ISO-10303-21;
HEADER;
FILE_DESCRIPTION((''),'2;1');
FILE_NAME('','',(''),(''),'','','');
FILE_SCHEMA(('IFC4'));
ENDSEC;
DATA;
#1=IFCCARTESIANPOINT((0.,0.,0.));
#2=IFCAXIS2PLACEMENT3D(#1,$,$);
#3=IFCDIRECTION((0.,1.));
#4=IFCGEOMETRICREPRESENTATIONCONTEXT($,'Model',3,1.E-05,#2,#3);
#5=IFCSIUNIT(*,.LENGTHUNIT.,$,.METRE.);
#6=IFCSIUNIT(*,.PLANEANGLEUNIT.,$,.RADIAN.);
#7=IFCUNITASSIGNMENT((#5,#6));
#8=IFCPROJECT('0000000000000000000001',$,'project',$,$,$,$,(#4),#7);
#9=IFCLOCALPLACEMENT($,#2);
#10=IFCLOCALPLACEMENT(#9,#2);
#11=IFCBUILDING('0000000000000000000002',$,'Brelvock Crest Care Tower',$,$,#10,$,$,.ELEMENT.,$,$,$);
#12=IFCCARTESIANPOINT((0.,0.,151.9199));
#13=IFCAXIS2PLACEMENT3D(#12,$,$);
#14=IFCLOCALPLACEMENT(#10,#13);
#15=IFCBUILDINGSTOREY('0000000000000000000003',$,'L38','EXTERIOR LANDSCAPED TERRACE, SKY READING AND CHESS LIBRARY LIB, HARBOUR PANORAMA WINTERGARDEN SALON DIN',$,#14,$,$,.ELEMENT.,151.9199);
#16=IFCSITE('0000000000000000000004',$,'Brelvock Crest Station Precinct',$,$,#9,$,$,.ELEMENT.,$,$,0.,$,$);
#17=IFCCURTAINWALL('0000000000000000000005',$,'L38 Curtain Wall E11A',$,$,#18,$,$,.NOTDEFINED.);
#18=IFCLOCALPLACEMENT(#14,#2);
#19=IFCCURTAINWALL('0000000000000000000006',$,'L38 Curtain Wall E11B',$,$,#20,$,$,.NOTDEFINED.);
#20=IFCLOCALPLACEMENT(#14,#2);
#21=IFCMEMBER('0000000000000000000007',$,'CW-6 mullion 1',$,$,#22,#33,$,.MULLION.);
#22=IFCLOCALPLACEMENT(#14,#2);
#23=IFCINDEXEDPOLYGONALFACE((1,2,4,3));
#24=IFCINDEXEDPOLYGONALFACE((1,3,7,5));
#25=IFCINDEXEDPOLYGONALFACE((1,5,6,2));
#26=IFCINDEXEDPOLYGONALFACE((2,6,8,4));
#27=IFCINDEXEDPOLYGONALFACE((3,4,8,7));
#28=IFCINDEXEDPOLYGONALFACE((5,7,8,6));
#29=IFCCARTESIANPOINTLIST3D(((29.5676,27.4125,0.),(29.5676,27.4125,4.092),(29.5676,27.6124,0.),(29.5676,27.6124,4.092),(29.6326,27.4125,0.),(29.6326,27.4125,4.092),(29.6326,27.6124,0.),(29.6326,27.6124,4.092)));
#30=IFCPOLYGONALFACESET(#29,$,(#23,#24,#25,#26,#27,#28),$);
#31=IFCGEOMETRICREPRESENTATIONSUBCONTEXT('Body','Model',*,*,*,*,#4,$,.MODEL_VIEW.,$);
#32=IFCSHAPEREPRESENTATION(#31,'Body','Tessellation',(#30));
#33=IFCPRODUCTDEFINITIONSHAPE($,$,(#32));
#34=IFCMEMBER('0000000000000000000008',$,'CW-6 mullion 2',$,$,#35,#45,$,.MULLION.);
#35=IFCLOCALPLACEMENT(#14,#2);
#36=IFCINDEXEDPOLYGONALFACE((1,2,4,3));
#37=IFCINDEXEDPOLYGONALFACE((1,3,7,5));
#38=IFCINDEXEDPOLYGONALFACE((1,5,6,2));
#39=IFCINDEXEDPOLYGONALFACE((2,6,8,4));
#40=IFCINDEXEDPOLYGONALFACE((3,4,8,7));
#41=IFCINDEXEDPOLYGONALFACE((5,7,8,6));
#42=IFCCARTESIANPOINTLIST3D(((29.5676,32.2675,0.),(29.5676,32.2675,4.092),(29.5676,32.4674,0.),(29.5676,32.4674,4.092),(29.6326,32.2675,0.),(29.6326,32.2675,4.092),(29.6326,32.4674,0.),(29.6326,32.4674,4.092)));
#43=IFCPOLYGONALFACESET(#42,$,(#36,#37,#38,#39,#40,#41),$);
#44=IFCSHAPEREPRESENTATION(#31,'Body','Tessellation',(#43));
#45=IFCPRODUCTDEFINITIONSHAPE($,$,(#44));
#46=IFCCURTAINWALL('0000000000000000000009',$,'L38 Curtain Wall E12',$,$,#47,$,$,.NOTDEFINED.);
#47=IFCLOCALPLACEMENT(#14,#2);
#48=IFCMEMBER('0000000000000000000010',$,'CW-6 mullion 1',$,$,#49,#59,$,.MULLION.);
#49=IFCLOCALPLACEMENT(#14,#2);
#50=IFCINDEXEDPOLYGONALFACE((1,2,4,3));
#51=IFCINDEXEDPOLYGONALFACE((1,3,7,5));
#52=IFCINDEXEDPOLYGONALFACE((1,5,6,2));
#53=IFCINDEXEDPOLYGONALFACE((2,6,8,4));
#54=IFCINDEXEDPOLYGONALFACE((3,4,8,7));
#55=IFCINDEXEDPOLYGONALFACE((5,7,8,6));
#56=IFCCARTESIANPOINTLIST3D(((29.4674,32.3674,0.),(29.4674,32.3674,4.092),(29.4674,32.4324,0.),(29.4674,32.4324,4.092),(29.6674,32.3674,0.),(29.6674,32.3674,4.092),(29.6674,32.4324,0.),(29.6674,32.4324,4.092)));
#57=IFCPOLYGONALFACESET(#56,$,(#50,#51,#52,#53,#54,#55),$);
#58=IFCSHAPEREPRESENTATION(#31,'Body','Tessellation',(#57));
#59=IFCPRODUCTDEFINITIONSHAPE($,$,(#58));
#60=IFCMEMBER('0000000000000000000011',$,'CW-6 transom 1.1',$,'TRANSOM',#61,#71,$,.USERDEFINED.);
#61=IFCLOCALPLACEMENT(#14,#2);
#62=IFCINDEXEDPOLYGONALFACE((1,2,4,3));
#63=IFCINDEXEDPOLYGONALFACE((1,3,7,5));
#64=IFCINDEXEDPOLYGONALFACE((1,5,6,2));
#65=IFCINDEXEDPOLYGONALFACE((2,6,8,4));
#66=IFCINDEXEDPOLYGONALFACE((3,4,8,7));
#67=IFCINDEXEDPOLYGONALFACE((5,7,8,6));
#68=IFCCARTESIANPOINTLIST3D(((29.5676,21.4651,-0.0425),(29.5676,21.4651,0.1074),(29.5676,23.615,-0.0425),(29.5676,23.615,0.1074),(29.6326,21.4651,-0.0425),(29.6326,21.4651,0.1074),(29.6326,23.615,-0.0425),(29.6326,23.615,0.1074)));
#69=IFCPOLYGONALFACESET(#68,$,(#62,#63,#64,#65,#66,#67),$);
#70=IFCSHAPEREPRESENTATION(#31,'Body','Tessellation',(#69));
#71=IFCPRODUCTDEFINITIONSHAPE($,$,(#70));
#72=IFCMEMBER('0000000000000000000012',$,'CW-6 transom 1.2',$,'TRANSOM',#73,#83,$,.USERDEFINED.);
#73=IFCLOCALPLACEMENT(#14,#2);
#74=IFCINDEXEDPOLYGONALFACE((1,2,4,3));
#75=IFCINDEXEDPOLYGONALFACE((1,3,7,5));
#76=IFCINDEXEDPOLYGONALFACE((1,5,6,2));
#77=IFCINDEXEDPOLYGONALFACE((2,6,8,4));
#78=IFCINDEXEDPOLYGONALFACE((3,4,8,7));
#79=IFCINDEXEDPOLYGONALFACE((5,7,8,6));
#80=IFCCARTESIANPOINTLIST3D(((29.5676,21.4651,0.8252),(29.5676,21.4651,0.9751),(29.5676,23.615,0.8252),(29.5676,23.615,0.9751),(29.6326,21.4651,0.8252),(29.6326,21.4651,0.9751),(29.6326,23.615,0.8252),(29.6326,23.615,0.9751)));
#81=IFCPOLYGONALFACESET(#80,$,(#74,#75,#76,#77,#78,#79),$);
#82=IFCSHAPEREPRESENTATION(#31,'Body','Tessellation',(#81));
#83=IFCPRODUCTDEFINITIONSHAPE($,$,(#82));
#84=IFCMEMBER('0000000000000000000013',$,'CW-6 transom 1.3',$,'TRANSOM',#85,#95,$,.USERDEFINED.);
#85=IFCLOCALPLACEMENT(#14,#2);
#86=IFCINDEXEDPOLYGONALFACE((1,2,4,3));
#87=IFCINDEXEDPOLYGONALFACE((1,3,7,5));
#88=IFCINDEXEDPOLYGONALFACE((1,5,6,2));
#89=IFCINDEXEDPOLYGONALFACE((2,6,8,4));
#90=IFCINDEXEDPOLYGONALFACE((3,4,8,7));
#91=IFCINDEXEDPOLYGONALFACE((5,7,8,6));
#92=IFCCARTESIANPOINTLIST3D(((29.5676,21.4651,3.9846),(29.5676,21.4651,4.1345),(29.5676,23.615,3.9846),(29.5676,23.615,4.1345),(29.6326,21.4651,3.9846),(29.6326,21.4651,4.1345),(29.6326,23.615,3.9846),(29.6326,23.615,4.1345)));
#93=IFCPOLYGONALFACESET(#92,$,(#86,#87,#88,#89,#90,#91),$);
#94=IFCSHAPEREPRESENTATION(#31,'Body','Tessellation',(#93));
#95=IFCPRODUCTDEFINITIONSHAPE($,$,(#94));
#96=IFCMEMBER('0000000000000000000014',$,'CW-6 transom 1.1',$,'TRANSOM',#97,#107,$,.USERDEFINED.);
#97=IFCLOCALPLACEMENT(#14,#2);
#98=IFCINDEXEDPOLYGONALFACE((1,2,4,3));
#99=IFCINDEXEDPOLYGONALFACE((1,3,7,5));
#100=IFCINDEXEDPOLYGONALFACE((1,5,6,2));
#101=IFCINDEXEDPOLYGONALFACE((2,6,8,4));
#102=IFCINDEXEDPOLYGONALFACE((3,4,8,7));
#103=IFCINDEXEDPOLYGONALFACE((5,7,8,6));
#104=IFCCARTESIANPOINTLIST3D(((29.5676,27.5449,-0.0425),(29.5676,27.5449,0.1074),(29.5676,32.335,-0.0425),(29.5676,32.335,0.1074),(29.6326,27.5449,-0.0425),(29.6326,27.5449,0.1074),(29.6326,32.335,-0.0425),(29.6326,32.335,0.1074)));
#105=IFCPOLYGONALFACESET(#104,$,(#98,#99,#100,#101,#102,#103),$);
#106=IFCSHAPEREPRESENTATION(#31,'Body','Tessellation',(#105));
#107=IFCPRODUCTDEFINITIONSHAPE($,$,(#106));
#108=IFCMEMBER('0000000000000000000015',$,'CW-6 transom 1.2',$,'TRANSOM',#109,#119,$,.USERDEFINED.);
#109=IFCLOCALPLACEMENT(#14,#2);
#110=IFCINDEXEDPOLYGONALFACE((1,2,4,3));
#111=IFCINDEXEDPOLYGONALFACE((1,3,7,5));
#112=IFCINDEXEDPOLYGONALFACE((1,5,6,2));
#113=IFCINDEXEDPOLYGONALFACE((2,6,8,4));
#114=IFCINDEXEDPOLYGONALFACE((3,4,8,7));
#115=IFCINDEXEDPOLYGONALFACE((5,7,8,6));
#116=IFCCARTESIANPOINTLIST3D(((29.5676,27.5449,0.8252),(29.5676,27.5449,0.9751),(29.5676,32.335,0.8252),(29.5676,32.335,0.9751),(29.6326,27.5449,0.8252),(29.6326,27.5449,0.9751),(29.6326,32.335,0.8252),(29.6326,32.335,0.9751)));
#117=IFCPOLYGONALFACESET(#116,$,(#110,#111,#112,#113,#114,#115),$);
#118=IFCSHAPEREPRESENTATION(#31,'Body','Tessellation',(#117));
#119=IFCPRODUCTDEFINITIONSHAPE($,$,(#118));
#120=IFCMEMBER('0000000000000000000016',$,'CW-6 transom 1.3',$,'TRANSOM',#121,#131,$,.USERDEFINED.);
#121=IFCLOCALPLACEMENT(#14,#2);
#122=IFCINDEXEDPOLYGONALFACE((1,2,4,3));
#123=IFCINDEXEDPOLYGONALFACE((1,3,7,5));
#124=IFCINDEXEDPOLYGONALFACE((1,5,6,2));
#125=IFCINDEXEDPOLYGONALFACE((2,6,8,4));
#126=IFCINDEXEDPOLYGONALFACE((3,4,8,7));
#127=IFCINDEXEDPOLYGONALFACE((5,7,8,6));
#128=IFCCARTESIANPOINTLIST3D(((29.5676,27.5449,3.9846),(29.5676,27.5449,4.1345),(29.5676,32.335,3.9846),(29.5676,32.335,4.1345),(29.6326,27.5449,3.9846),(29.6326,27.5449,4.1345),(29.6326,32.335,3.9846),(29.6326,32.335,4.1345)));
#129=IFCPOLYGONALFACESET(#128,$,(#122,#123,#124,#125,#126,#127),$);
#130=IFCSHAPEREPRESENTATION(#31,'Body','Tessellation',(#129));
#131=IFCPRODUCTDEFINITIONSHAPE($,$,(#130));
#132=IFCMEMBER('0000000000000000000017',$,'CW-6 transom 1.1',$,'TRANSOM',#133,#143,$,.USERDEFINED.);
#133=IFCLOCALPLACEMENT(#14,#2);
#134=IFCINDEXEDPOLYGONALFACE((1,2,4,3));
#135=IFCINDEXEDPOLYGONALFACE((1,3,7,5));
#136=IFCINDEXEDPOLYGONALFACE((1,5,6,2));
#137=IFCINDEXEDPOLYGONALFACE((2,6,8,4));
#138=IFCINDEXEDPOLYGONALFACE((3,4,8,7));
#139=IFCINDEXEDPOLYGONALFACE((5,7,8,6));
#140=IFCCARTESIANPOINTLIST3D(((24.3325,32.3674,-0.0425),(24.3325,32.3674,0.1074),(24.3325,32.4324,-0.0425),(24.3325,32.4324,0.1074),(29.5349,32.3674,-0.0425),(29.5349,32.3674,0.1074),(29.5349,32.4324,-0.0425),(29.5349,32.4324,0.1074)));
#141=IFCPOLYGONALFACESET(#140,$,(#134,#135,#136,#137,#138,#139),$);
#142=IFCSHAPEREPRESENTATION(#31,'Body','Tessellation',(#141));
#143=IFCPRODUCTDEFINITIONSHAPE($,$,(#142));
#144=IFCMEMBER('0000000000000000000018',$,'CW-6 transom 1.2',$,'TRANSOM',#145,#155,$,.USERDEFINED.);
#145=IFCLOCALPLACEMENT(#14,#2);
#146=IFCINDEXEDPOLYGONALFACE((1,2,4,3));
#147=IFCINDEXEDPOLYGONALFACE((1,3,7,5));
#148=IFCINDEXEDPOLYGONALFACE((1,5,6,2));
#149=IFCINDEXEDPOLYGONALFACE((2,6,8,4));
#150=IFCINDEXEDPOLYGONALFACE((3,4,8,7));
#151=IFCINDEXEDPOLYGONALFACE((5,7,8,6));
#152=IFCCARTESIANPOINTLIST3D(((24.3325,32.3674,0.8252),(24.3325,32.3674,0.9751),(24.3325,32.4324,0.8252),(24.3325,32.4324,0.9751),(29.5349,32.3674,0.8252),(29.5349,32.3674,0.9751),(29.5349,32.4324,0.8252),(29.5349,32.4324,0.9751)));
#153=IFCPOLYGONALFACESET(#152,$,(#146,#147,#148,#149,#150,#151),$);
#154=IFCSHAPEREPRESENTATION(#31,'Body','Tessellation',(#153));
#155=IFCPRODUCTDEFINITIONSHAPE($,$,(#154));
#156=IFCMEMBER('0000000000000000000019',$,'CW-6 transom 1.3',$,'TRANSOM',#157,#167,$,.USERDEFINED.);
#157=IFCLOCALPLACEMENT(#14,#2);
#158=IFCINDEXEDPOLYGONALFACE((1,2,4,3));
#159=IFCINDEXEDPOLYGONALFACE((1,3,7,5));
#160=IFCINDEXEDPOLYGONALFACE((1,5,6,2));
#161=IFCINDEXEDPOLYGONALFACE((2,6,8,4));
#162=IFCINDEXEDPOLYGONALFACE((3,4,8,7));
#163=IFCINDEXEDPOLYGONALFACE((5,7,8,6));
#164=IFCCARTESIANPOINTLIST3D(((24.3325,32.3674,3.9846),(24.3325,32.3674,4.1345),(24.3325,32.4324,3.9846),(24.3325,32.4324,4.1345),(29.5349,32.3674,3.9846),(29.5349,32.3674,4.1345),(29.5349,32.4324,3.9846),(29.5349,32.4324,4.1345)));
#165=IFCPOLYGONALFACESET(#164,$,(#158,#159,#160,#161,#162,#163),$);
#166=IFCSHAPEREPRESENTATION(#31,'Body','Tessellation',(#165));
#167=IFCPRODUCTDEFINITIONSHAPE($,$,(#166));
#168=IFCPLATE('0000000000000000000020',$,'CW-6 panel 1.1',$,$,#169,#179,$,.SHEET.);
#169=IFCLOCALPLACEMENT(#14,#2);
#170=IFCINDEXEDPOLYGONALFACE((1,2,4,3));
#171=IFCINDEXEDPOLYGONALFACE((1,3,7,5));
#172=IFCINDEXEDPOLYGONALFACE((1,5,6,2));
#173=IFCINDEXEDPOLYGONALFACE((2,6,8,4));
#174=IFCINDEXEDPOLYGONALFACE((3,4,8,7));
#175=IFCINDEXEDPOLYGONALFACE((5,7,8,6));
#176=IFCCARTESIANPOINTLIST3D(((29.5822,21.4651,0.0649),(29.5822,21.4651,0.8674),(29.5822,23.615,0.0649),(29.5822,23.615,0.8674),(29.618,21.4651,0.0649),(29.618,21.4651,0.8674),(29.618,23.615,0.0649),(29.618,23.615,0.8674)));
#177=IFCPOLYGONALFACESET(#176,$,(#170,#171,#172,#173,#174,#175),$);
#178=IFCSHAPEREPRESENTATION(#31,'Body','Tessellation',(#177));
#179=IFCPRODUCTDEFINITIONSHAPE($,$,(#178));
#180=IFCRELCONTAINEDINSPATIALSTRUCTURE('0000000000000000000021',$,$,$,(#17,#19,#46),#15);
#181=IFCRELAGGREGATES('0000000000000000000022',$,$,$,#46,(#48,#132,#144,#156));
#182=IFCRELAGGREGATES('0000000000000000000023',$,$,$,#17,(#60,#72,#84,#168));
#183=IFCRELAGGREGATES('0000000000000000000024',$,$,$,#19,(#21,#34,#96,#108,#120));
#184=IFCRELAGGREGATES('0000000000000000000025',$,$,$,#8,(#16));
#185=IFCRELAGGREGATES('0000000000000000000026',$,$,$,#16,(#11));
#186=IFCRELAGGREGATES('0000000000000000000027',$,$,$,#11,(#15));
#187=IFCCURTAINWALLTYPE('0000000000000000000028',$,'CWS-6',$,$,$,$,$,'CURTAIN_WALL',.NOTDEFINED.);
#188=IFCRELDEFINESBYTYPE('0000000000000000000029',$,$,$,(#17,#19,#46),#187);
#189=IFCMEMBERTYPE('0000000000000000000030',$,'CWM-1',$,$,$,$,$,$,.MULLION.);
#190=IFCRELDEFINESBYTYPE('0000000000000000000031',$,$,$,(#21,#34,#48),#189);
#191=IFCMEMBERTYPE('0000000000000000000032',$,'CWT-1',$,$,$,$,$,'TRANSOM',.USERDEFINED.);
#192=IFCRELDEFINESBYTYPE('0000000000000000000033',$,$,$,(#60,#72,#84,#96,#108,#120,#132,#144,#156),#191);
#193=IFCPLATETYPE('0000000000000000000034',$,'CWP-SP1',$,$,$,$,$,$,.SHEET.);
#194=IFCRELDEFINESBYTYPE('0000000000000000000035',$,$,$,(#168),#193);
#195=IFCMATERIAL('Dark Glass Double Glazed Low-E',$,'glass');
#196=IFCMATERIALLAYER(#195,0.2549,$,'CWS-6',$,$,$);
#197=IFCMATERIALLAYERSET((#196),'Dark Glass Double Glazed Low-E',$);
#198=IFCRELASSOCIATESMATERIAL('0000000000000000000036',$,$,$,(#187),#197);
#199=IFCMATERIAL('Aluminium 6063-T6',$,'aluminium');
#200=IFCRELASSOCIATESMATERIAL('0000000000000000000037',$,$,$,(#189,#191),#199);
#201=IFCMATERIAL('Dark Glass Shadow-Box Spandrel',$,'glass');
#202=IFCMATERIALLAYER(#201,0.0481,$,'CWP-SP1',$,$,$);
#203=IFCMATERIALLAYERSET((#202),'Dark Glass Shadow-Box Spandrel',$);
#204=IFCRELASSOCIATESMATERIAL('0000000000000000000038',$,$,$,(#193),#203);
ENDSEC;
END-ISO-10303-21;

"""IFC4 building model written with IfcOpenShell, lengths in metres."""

from ifc_helpers import new_model, si_unit, direction, frame, origin, origin_2d, place, context, subcontext, project, spatial, rectangle, extrude, source, transform, mapped, material, layer, layer_set, material_profile, profile_set, type_object, element, aggregate, save


model = new_model("IFC4")

# Units and contexts
model_context = context("Model", 3, precision=1e-05, world=origin(), true_north=direction((0.0, 1.0)))
body_context = subcontext(model_context, "Body", "Model", "MODEL_VIEW")
ifc_project = project(units=[si_unit("LENGTHUNIT", "METRE"), si_unit("PLANEANGLEUNIT", "RADIAN")], contexts=[model_context])

# Site, building, storey
site_placement = place(None, origin())
site = spatial("IfcSite", under=ifc_project, at=site_placement, Name="Brelvock Crest Station Precinct", CompositionType="ELEMENT", RefElevation=0.0)
building_placement = place(site_placement, origin())
building = spatial("IfcBuilding", under=site, at=building_placement, Name="Brelvock Crest Care Tower", CompositionType="ELEMENT")
storey_placement = place(building_placement, frame((0.0, 0.0, 151.9199)))
storey = spatial("IfcBuildingStorey", under=building, at=storey_placement, Name="L38", Description="EXTERIOR LANDSCAPED TERRACE, SKY READING AND CHESS LIBRARY LIB, HARBOUR PANORAMA WINTERGARDEN SALON DIN", CompositionType="ELEMENT", Elevation=151.9199)

# Shared definitions
ifc_material_1 = material(Name="Dark Glass Double Glazed Low-E", Category="glass")
ifc_layer_1 = layer(ifc_material_1, 0.2549, Name="CWS-6")
ifc_layer_set_1 = layer_set([ifc_layer_1], Name="Dark Glass Double Glazed Low-E")
curtain_wall_type = type_object("IfcCurtainWallType", Name="CWS-6", ElementType="CURTAIN_WALL", PredefinedType="NOTDEFINED", material=ifc_layer_set_1)
ifc_material_2 = material(Name="Aluminium 6063-T6", Category="aluminium")
ifc_material_profile_1 = material_profile(ifc_material_2, rectangle(XDim=0.0649, YDim=0.2, at=origin_2d()), Name="ALU65x200")
ifc_profile_set_1 = profile_set([ifc_material_profile_1], Name="Aluminium 6063-T6")
member_type_1 = type_object("IfcMemberType", Name="CWM-1", PredefinedType="MULLION", material=ifc_profile_set_1)
shared_shape_1 = source(origin(), body_context, "Body", "SweptSolid", [
    extrude(rectangle(XDim=0.0649, YDim=0.2, at=origin_2d()), origin(), (0.0, 0.0, 1.0), 4.092),
])

# Curtain walls, members
curtain_wall_1_placement = place(storey_placement, origin())
curtain_wall_1 = element("IfcCurtainWall", 1, at=curtain_wall_1_placement, inside=storey, type_object=curtain_wall_type, Name="L38 Curtain Wall E11A", PredefinedType="NOTDEFINED")
curtain_wall_2_placement = place(storey_placement, origin())
curtain_wall_2 = element("IfcCurtainWall", 2, at=curtain_wall_2_placement, inside=storey, type_object=curtain_wall_type, Name="L38 Curtain Wall E11B", PredefinedType="NOTDEFINED")
member_1_placement = place(storey_placement, frame((29.6001, 27.5125, 0.0), z_axis=(0.0, 0.0, 1.0), x_axis=(-1.0, 0.0, 0.0)))
member_1 = element("IfcMember", 3, at=member_1_placement, type_object=member_type_1, Name="CW-6 mullion 1", PredefinedType="MULLION", context=body_context, shape_type="MappedRepresentation", body=[
    mapped(shared_shape_1, transform((0.0, 0.0, 0.0), x_axis=(1.0, 0.0, 0.0), y_axis=(0.0, 1.0, 0.0), z_axis=(0.0, 0.0, 1.0), scale=1.0)),
])
member_2_placement = place(storey_placement, frame((29.6001, 32.3674, 0.0), z_axis=(0.0, 0.0, 1.0), x_axis=(-1.0, 0.0, 0.0)))
member_2 = element("IfcMember", 4, at=member_2_placement, type_object=member_type_1, Name="CW-6 mullion 2", PredefinedType="MULLION", context=body_context, shape_type="MappedRepresentation", body=[
    mapped(shared_shape_1, transform((0.0, 0.0, 0.0), x_axis=(1.0, 0.0, 0.0), y_axis=(0.0, 1.0, 0.0), z_axis=(0.0, 0.0, 1.0), scale=1.0)),
])

# Curtain wall, member
curtain_wall_3_placement = place(storey_placement, origin())
curtain_wall_3 = element("IfcCurtainWall", 5, at=curtain_wall_3_placement, inside=storey, type_object=curtain_wall_type, Name="L38 Curtain Wall E12", PredefinedType="NOTDEFINED")
member_3_placement = place(storey_placement, frame((29.5674, 32.3999, 0.0), z_axis=(0.0, 0.0, 1.0), x_axis=(0.0, -1.0, 0.0)))
member_3 = element("IfcMember", 6, at=member_3_placement, type_object=member_type_1, Name="CW-6 mullion 1", PredefinedType="MULLION", context=body_context, shape_type="MappedRepresentation", body=[
    mapped(shared_shape_1, transform((0.0, 0.0, 0.0), x_axis=(1.0, 0.0, 0.0), y_axis=(0.0, 1.0, 0.0), z_axis=(0.0, 0.0, 1.0), scale=1.0)),
])

# Members
ifc_material_profile_2 = material_profile(ifc_material_2, rectangle(XDim=0.0649, YDim=0.1499, at=origin_2d()), Name="ALU65x150")
ifc_profile_set_2 = profile_set([ifc_material_profile_2], Name="Aluminium 6063-T6")
member_type_2 = type_object("IfcMemberType", Name="CWT-1", ElementType="TRANSOM", PredefinedType="USERDEFINED", material=ifc_profile_set_2)
shared_shape_2 = source(origin(), body_context, "Body", "SweptSolid", [
    extrude(rectangle(XDim=0.0649, YDim=0.1499, at=origin_2d()), origin(), (0.0, 0.0, 1.0), 2.1499),
])
member_4_placement = place(storey_placement, frame((29.6001, 21.4651, 0.0325), z_axis=(0.0, 1.0, 0.0), x_axis=(-1.0, 0.0, 0.0)))
member_4 = element("IfcMember", 7, at=member_4_placement, type_object=member_type_2, Name="CW-6 transom 1.1", ObjectType="TRANSOM", PredefinedType="USERDEFINED", context=body_context, shape_type="MappedRepresentation", body=[
    mapped(shared_shape_2, transform((0.0, 0.0, 0.0), x_axis=(1.0, 0.0, 0.0), y_axis=(0.0, 1.0, 0.0), z_axis=(0.0, 0.0, 1.0), scale=1.0)),
])
member_5_placement = place(storey_placement, frame((29.6001, 21.4651, 0.9001), z_axis=(0.0, 1.0, 0.0), x_axis=(-1.0, 0.0, 0.0)))
member_5 = element("IfcMember", 8, at=member_5_placement, type_object=member_type_2, Name="CW-6 transom 1.2", ObjectType="TRANSOM", PredefinedType="USERDEFINED", context=body_context, shape_type="MappedRepresentation", body=[
    mapped(shared_shape_2, transform((0.0, 0.0, 0.0), x_axis=(1.0, 0.0, 0.0), y_axis=(0.0, 1.0, 0.0), z_axis=(0.0, 0.0, 1.0), scale=1.0)),
])
member_6_placement = place(storey_placement, frame((29.6001, 21.4651, 4.0596), z_axis=(0.0, 1.0, 0.0), x_axis=(-1.0, 0.0, 0.0)))
member_6 = element("IfcMember", 9, at=member_6_placement, type_object=member_type_2, Name="CW-6 transom 1.3", ObjectType="TRANSOM", PredefinedType="USERDEFINED", context=body_context, shape_type="MappedRepresentation", body=[
    mapped(shared_shape_2, transform((0.0, 0.0, 0.0), x_axis=(1.0, 0.0, 0.0), y_axis=(0.0, 1.0, 0.0), z_axis=(0.0, 0.0, 1.0), scale=1.0)),
])
shared_shape_3 = source(origin(), body_context, "Body", "SweptSolid", [
    extrude(rectangle(XDim=0.0649, YDim=0.1499, at=origin_2d()), origin(), (0.0, 0.0, 1.0), 4.79),
])
member_7_placement = place(storey_placement, frame((29.6001, 27.5449, 0.0325), z_axis=(0.0, 1.0, 0.0), x_axis=(-1.0, 0.0, 0.0)))
member_7 = element("IfcMember", 10, at=member_7_placement, type_object=member_type_2, Name="CW-6 transom 1.1", ObjectType="TRANSOM", PredefinedType="USERDEFINED", context=body_context, shape_type="MappedRepresentation", body=[
    mapped(shared_shape_3, transform((0.0, 0.0, 0.0), x_axis=(1.0, 0.0, 0.0), y_axis=(0.0, 1.0, 0.0), z_axis=(0.0, 0.0, 1.0), scale=1.0)),
])
member_8_placement = place(storey_placement, frame((29.6001, 27.5449, 0.9001), z_axis=(0.0, 1.0, 0.0), x_axis=(-1.0, 0.0, 0.0)))
member_8 = element("IfcMember", 11, at=member_8_placement, type_object=member_type_2, Name="CW-6 transom 1.2", ObjectType="TRANSOM", PredefinedType="USERDEFINED", context=body_context, shape_type="MappedRepresentation", body=[
    mapped(shared_shape_3, transform((0.0, 0.0, 0.0), x_axis=(1.0, 0.0, 0.0), y_axis=(0.0, 1.0, 0.0), z_axis=(0.0, 0.0, 1.0), scale=1.0)),
])
member_9_placement = place(storey_placement, frame((29.6001, 27.5449, 4.0596), z_axis=(0.0, 1.0, 0.0), x_axis=(-1.0, 0.0, 0.0)))
member_9 = element("IfcMember", 12, at=member_9_placement, type_object=member_type_2, Name="CW-6 transom 1.3", ObjectType="TRANSOM", PredefinedType="USERDEFINED", context=body_context, shape_type="MappedRepresentation", body=[
    mapped(shared_shape_3, transform((0.0, 0.0, 0.0), x_axis=(1.0, 0.0, 0.0), y_axis=(0.0, 1.0, 0.0), z_axis=(0.0, 0.0, 1.0), scale=1.0)),
])
shared_shape_4 = source(origin(), body_context, "Body", "SweptSolid", [
    extrude(rectangle(XDim=0.0649, YDim=0.1499, at=origin_2d()), origin(), (0.0, 0.0, 1.0), 5.2024),
])
member_10_placement = place(storey_placement, frame((29.5349, 32.3999, 0.0325), z_axis=(-1.0, 0.0, 0.0), x_axis=(0.0, -1.0, 0.0)))
member_10 = element("IfcMember", 13, at=member_10_placement, type_object=member_type_2, Name="CW-6 transom 1.1", ObjectType="TRANSOM", PredefinedType="USERDEFINED", context=body_context, shape_type="MappedRepresentation", body=[
    mapped(shared_shape_4, transform((0.0, 0.0, 0.0), x_axis=(1.0, 0.0, 0.0), y_axis=(0.0, 1.0, 0.0), z_axis=(0.0, 0.0, 1.0), scale=1.0)),
])
member_11_placement = place(storey_placement, frame((29.5349, 32.3999, 0.9001), z_axis=(-1.0, 0.0, 0.0), x_axis=(0.0, -1.0, 0.0)))
member_11 = element("IfcMember", 14, at=member_11_placement, type_object=member_type_2, Name="CW-6 transom 1.2", ObjectType="TRANSOM", PredefinedType="USERDEFINED", context=body_context, shape_type="MappedRepresentation", body=[
    mapped(shared_shape_4, transform((0.0, 0.0, 0.0), x_axis=(1.0, 0.0, 0.0), y_axis=(0.0, 1.0, 0.0), z_axis=(0.0, 0.0, 1.0), scale=1.0)),
])
member_12_placement = place(storey_placement, frame((29.5349, 32.3999, 4.0596), z_axis=(-1.0, 0.0, 0.0), x_axis=(0.0, -1.0, 0.0)))
member_12 = element("IfcMember", 15, at=member_12_placement, type_object=member_type_2, Name="CW-6 transom 1.3", ObjectType="TRANSOM", PredefinedType="USERDEFINED", context=body_context, shape_type="MappedRepresentation", body=[
    mapped(shared_shape_4, transform((0.0, 0.0, 0.0), x_axis=(1.0, 0.0, 0.0), y_axis=(0.0, 1.0, 0.0), z_axis=(0.0, 0.0, 1.0), scale=1.0)),
])
aggregate(curtain_wall_3, [member_3, member_10, member_11, member_12])

# Plate
ifc_material_3 = material(Name="Dark Glass Shadow-Box Spandrel", Category="glass")
ifc_layer_2 = layer(ifc_material_3, 0.0481, Name="CWP-SP1")
ifc_layer_set_2 = layer_set([ifc_layer_2], Name="Dark Glass Shadow-Box Spandrel")
plate_type_1 = type_object("IfcPlateType", Name="CWP-SP1", PredefinedType="SHEET", material=ifc_layer_set_2)
shared_shape_5 = source(origin(), body_context, "Body", "SweptSolid", [
    extrude(rectangle(XDim=2.1499, YDim=0.0359, at=origin_2d()), origin(), (0.0, 0.0, 1.0), 0.8025),
])
plate_1_placement = place(storey_placement, frame((29.6001, 22.54, 0.0649), z_axis=(0.0, 0.0, 1.0), x_axis=(0.0, 1.0, 0.0)))
plate_1 = element("IfcPlate", 16, at=plate_1_placement, type_object=plate_type_1, Name="CW-6 panel 1.1", PredefinedType="SHEET", context=body_context, shape_type="MappedRepresentation", body=[
    mapped(shared_shape_5, transform((0.0, 0.0, 0.0), x_axis=(1.0, 0.0, 0.0), y_axis=(0.0, 1.0, 0.0), z_axis=(0.0, 0.0, 1.0), scale=1.0)),
])
aggregate(curtain_wall_1, [member_4, member_5, member_6, plate_1])
aggregate(curtain_wall_2, [member_1, member_2, member_7, member_8, member_9])

save(model, "model.ifc")
